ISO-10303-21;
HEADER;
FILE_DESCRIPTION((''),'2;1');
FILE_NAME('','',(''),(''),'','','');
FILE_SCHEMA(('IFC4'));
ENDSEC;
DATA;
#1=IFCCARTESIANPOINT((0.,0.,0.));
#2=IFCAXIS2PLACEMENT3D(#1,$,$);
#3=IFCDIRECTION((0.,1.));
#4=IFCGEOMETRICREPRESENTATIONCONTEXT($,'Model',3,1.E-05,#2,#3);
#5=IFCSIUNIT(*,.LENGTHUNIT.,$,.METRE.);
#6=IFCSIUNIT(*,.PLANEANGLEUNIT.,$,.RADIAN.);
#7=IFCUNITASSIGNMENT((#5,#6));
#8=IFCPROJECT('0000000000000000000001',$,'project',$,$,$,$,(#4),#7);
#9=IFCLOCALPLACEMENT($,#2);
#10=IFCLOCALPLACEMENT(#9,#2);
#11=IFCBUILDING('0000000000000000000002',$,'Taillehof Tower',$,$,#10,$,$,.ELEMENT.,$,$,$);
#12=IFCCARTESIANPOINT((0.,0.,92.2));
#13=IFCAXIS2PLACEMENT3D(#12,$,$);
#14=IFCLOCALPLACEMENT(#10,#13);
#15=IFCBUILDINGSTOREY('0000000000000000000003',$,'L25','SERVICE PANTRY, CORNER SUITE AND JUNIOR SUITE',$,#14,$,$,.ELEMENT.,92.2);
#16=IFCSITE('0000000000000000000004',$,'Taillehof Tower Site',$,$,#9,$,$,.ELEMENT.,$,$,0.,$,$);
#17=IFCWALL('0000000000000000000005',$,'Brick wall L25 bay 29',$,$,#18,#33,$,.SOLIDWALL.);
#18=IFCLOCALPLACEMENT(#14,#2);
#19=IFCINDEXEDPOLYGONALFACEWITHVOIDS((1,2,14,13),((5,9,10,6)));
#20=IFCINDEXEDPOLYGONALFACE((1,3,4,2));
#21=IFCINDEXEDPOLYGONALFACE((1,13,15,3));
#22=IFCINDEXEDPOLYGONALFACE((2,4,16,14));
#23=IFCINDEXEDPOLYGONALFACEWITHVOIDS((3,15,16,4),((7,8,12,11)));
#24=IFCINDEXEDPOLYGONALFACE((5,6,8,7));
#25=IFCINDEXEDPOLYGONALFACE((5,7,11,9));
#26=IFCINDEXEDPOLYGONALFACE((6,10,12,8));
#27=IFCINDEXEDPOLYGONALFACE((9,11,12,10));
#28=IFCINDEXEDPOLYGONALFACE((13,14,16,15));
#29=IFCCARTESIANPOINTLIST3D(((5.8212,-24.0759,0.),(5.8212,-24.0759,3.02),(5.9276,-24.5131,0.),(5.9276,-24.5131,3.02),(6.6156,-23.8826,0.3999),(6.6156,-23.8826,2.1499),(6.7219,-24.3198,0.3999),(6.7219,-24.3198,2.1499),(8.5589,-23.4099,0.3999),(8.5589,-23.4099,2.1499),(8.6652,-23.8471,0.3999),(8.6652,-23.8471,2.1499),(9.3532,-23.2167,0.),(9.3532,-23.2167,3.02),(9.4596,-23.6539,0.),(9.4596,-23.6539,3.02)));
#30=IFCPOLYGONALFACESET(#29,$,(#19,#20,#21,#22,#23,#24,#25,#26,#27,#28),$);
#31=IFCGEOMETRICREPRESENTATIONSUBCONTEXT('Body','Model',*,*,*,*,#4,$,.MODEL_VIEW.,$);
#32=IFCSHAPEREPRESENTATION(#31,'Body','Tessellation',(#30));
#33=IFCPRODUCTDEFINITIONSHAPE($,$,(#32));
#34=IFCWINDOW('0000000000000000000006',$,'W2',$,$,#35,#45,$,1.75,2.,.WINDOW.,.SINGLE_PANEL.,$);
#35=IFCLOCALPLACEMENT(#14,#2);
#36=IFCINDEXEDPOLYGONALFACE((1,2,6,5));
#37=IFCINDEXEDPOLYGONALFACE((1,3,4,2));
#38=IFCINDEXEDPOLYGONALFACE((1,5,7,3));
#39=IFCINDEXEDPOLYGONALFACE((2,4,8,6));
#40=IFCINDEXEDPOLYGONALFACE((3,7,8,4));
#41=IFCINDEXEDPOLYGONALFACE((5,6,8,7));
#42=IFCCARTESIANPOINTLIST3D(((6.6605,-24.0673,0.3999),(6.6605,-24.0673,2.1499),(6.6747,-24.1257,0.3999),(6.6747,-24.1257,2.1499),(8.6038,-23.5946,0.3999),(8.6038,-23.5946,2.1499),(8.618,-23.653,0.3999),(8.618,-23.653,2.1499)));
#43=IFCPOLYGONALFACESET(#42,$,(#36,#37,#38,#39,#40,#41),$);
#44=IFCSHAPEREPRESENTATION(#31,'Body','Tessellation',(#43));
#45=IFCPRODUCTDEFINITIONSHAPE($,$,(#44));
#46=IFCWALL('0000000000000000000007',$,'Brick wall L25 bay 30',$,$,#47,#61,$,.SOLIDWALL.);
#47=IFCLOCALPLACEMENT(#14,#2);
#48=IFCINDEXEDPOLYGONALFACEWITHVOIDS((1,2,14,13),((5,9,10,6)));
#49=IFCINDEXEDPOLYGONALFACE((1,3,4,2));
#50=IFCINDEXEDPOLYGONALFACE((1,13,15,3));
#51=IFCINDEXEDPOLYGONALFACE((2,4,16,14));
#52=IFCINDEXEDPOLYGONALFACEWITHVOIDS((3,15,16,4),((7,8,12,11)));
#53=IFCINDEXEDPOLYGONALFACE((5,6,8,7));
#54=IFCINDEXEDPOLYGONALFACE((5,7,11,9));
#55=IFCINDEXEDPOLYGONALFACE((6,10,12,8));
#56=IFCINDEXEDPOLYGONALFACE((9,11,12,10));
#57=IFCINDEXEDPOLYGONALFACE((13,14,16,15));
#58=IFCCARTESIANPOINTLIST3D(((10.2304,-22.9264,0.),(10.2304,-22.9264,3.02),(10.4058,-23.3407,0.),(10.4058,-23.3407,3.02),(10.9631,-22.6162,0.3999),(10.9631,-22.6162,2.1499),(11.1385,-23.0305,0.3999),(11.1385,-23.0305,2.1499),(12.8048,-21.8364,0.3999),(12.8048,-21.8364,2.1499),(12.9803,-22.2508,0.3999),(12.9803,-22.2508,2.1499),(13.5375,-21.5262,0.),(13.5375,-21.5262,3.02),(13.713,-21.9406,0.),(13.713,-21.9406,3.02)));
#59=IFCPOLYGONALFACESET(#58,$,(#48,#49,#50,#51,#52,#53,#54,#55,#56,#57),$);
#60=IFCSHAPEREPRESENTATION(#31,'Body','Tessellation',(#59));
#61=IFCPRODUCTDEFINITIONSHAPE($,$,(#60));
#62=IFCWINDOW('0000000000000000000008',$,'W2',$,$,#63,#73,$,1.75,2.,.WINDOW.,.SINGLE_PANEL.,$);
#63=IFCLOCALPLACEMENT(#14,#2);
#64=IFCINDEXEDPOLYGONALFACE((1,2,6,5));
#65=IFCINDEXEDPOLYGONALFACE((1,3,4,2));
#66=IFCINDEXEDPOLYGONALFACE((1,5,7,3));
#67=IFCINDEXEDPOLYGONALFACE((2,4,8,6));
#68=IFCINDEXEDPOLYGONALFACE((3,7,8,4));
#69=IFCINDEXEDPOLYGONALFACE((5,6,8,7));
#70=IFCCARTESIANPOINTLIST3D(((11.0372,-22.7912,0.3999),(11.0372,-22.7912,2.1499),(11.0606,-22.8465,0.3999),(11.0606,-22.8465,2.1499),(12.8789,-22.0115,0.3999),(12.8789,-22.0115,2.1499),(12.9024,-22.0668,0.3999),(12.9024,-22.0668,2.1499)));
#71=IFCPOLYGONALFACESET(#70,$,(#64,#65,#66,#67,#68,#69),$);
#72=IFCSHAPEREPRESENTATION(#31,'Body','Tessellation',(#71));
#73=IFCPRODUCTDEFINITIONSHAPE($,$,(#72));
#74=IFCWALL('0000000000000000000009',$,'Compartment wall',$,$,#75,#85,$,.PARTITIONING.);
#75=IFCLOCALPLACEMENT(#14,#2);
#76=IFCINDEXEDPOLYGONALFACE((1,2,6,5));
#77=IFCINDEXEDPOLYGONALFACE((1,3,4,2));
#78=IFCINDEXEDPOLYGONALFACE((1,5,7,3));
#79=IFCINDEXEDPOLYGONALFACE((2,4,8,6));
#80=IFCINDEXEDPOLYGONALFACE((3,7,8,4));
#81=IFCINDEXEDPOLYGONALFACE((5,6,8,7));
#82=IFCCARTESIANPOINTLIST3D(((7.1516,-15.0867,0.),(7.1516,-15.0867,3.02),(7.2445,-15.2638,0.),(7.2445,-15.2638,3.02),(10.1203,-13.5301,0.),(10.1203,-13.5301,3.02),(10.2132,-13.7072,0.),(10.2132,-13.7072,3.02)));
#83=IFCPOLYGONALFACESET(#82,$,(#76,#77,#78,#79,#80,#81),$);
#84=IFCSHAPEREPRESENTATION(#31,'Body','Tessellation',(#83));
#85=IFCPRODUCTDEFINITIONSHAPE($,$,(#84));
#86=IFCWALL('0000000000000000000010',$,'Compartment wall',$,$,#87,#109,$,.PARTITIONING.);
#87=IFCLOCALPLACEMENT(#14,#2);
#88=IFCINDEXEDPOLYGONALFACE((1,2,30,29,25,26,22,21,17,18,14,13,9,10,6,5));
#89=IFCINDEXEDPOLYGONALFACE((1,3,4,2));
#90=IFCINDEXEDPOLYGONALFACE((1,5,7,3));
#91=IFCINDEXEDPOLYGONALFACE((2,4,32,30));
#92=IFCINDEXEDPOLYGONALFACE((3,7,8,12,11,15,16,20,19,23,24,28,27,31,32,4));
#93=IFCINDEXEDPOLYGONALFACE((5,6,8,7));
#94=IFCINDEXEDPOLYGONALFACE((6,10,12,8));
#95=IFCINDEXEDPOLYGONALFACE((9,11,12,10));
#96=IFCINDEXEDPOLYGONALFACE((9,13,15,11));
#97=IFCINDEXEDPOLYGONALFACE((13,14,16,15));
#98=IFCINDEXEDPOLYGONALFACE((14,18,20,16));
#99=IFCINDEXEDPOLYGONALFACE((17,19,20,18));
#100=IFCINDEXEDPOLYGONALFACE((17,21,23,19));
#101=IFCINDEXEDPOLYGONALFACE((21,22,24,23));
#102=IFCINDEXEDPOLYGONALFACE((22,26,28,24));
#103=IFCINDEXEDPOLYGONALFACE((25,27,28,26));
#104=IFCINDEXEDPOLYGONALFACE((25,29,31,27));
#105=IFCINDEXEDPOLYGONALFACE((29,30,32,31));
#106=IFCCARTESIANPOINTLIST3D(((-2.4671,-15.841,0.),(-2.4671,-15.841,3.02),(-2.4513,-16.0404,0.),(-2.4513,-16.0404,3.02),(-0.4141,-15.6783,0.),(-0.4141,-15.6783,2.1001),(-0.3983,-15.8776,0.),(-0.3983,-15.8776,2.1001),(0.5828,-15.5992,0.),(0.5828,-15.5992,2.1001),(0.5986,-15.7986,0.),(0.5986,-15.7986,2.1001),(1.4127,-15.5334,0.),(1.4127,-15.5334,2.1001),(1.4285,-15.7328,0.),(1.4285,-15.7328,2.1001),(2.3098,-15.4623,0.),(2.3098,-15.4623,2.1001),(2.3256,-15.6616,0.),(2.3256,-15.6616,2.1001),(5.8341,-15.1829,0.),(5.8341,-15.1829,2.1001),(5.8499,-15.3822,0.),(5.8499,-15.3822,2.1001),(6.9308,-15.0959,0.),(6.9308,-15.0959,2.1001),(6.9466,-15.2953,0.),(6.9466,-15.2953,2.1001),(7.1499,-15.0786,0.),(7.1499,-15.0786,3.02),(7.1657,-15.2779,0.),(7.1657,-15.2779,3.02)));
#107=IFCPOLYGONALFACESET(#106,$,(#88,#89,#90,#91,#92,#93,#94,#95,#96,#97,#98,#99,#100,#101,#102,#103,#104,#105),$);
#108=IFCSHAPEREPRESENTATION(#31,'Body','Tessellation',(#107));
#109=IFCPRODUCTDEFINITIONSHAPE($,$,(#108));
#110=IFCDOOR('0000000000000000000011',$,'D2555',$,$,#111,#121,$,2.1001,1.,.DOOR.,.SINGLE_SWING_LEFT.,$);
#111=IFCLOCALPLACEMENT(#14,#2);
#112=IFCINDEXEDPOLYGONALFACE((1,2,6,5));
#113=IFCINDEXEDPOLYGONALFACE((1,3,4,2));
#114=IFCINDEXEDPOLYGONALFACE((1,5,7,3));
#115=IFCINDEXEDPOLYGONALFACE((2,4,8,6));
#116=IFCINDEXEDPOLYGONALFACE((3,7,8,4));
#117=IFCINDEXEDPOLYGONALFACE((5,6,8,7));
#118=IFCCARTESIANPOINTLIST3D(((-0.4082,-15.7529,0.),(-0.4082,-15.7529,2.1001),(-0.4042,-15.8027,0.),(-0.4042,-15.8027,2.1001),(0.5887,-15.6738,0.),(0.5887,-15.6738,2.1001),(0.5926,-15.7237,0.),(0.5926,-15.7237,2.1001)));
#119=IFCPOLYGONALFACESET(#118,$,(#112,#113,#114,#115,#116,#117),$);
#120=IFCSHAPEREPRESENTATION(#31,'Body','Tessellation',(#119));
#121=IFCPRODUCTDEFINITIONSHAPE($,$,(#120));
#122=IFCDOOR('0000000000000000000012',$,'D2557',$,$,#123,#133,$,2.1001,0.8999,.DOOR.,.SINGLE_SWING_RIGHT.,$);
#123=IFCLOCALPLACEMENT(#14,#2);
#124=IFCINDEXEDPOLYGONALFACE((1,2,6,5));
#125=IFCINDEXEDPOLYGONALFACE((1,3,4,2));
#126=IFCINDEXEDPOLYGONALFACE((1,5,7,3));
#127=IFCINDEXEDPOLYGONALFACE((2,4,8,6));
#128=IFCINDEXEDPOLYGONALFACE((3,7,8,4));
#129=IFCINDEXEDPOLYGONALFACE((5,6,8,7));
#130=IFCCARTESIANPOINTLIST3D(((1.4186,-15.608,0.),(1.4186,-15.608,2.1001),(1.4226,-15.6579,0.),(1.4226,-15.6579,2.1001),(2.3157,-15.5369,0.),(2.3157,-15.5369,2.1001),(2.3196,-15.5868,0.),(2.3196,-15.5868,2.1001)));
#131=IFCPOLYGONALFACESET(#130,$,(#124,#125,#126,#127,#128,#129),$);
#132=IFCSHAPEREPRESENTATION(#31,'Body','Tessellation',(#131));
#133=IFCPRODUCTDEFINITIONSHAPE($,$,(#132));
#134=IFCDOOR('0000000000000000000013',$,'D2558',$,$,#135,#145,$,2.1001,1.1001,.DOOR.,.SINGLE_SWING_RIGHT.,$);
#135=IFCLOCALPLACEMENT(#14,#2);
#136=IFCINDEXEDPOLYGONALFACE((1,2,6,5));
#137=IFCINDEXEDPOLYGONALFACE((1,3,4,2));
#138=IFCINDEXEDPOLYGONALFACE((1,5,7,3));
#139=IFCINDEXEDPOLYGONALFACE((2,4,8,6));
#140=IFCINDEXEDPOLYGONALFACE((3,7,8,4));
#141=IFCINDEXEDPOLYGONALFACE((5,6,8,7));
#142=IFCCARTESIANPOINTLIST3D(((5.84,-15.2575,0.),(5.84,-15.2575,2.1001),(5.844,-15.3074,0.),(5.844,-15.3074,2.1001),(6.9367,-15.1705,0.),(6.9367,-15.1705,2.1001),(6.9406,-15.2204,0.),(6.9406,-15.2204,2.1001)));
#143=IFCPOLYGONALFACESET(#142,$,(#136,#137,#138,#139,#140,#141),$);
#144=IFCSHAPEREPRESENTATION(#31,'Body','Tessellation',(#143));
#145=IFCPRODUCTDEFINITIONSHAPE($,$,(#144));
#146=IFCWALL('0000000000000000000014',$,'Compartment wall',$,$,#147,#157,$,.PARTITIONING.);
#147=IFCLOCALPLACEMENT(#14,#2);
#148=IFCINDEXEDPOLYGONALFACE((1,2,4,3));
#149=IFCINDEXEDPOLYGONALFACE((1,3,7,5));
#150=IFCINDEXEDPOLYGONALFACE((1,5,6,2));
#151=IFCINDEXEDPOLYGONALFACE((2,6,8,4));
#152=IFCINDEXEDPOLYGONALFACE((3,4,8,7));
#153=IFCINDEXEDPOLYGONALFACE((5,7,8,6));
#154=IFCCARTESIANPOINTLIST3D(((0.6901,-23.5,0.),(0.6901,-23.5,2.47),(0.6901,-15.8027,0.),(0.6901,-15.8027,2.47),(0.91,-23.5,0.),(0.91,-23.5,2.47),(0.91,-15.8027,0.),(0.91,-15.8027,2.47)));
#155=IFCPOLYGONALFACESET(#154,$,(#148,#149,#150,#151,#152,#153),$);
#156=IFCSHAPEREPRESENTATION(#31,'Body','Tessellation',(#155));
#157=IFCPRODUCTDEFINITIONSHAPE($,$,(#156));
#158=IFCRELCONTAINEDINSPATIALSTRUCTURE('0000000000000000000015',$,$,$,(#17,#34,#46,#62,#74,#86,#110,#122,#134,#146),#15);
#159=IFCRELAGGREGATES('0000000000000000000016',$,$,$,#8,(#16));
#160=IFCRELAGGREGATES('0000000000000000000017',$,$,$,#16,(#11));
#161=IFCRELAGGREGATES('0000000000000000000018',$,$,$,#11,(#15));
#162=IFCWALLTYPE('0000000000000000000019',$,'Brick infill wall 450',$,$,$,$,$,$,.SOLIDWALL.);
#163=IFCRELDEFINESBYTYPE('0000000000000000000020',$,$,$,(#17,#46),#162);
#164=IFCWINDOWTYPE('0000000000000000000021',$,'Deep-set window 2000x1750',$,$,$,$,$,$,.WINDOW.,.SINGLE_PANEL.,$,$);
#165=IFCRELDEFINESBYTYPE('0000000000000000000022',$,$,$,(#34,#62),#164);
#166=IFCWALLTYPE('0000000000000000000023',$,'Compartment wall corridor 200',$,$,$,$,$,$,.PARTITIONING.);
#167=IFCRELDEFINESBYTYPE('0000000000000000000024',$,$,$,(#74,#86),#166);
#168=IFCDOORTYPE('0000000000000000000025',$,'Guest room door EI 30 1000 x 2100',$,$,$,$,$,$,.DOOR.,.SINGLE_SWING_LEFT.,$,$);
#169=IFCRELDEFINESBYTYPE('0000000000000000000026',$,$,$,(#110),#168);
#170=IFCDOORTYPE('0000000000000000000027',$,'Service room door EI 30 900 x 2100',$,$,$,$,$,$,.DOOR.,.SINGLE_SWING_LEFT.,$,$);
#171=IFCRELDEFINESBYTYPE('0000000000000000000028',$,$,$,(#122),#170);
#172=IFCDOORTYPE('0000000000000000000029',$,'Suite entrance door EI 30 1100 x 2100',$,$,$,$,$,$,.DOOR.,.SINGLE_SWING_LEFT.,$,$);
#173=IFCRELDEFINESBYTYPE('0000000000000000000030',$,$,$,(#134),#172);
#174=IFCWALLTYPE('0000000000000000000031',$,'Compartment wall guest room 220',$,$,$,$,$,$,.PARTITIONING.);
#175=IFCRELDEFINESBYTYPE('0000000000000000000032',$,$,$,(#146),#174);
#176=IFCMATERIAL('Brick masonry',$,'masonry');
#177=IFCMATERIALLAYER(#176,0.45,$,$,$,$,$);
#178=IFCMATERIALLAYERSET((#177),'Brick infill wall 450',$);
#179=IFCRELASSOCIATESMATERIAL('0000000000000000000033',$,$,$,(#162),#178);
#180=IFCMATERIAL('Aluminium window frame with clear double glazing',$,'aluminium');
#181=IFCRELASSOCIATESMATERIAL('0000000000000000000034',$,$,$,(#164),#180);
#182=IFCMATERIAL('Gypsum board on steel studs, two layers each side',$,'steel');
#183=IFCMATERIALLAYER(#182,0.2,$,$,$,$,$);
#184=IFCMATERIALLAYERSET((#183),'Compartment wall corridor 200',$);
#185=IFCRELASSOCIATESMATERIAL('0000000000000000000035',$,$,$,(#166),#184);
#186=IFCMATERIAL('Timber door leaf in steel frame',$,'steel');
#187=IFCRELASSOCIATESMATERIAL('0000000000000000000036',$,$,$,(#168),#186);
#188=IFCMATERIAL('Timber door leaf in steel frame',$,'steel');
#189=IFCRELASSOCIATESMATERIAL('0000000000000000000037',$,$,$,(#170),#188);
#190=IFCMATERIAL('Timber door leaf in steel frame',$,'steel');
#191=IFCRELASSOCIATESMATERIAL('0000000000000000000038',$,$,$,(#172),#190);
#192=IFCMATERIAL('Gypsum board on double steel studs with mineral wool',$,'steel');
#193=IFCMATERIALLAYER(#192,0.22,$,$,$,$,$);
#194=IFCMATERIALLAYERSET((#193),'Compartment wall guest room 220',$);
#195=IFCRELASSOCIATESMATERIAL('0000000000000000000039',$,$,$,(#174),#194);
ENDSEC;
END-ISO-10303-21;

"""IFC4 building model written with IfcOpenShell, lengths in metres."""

from ifc_helpers import new_model, si_unit, direction, frame, frame_2d, origin, place, context, subcontext, project, spatial, rectangle, extrude, material, layer, layer_set, type_object, element, fill, save


model = new_model("IFC4")

# Units and contexts
model_context = context("Model", 3, precision=1e-05, world=origin(), true_north=direction((0.0, 1.0)))
body_context = subcontext(model_context, "Body", "Model", "MODEL_VIEW")
ifc_project = project(units=[si_unit("LENGTHUNIT", "METRE"), si_unit("PLANEANGLEUNIT", "RADIAN")], contexts=[model_context])

# Site, building, storey
site_placement = place(None, origin())
site = spatial("IfcSite", under=ifc_project, at=site_placement, Name="Taillehof Tower Site", CompositionType="ELEMENT", RefElevation=0.0)
building_placement = place(site_placement, origin())
building = spatial("IfcBuilding", under=site, at=building_placement, Name="Taillehof Tower", CompositionType="ELEMENT")
storey_placement = place(building_placement, frame((0.0, 0.0, 92.2)))
storey = spatial("IfcBuildingStorey", under=building, at=storey_placement, Name="L25", Description="SERVICE PANTRY, CORNER SUITE AND JUNIOR SUITE", CompositionType="ELEMENT", Elevation=92.2)

# Walls, openings, windows
ifc_material_1 = material(Name="Brick masonry", Category="masonry")
ifc_layer_1 = layer(ifc_material_1, 0.45)
ifc_layer_set_1 = layer_set([ifc_layer_1], Name="Brick infill wall 450")
wall_type_1 = type_object("IfcWallType", Name="Brick infill wall 450", PredefinedType="SOLIDWALL", material=ifc_layer_set_1)
ifc_material_2 = material(Name="Aluminium window frame with clear double glazing", Category="aluminium")
window_type = type_object("IfcWindowType", Name="Deep-set window 2000x1750", PartitioningType="SINGLE_PANEL", PredefinedType="WINDOW", material=ifc_material_2)
wall_1_placement = place(storey_placement, frame((5.8745, -24.2944, 0.0), z_axis=(0.0, 0.0, 1.0), x_axis=(0.971668, 0.236352, 0.0)))
wall_1 = element("IfcWall", 1, at=wall_1_placement, inside=storey, type_object=wall_type_1, Name="Brick wall L25 bay 29", PredefinedType="SOLIDWALL", context=body_context, shape_type="SweptSolid", body=[
    extrude(rectangle(XDim=3.635, YDim=0.45, at=frame_2d((1.8174, 0.0))), origin(), (0.0, 0.0, 1.0), 3.02),
])
opening_1_placement = place(wall_1_placement, frame((0.8174, 0.0, 0.3999)))
opening_1 = element("IfcOpeningElement", 2, at=opening_1_placement, cuts=wall_1, PredefinedType="OPENING", context=body_context, shape_type="SweptSolid", body=[
    extrude(rectangle(XDim=2.0, YDim=1.75, at=frame_2d((1.0, 0.875))), frame((0.0, 0.2349, 0.0), z_axis=(0.0, -1.0, 0.0), x_axis=(1.0, 0.0, 0.0)), (0.0, 0.0, 1.0), 0.47),
])
window_1_placement = place(opening_1_placement, origin())
window_1 = element("IfcWindow", 3, at=window_1_placement, inside=storey, type_object=window_type, Name="W2", OverallHeight=1.75, OverallWidth=2.0, PartitioningType="SINGLE_PANEL", PredefinedType="WINDOW", context=body_context, shape_type="SweptSolid", body=[
    extrude(rectangle(XDim=2.0, YDim=1.75, at=frame_2d((1.0, 0.875))), frame((0.0, 0.0349, 0.0), z_axis=(0.0, -1.0, 0.0), x_axis=(1.0, 0.0, 0.0)), (0.0, 0.0, 1.0), 0.0601),
])
fill(opening_1, window_1)
wall_2_placement = place(storey_placement, frame((10.3181, -23.1335, 0.0), z_axis=(0.0, 0.0, 1.0), x_axis=(0.92087, 0.389871, 0.0)))
wall_2 = element("IfcWall", 4, at=wall_2_placement, inside=storey, type_object=wall_type_1, Name="Brick wall L25 bay 30", PredefinedType="SOLIDWALL", context=body_context, shape_type="SweptSolid", body=[
    extrude(rectangle(XDim=3.5913, YDim=0.45, at=frame_2d((1.7957, 0.0))), origin(), (0.0, 0.0, 1.0), 3.02),
])
opening_2_placement = place(wall_2_placement, frame((0.7957, 0.0, 0.3999)))
opening_2 = element("IfcOpeningElement", 5, at=opening_2_placement, cuts=wall_2, PredefinedType="OPENING", context=body_context, shape_type="SweptSolid", body=[
    extrude(rectangle(XDim=2.0, YDim=1.75, at=frame_2d((1.0, 0.875))), frame((0.0, 0.2349, 0.0), z_axis=(0.0, -1.0, 0.0), x_axis=(1.0, 0.0, 0.0)), (0.0, 0.0, 1.0), 0.47),
])
window_2_placement = place(opening_2_placement, origin())
window_2 = element("IfcWindow", 6, at=window_2_placement, inside=storey, type_object=window_type, Name="W2", OverallHeight=1.75, OverallWidth=2.0, PartitioningType="SINGLE_PANEL", PredefinedType="WINDOW", context=body_context, shape_type="SweptSolid", body=[
    extrude(rectangle(XDim=2.0, YDim=1.75, at=frame_2d((1.0, 0.875))), frame((0.0, 0.0349, 0.0), z_axis=(0.0, -1.0, 0.0), x_axis=(1.0, 0.0, 0.0)), (0.0, 0.0, 1.0), 0.0601),
])
fill(opening_2, window_2)

# Wall
ifc_material_3 = material(Name="Gypsum board on steel studs, two layers each side", Category="steel")
ifc_layer_2 = layer(ifc_material_3, 0.2)
ifc_layer_set_2 = layer_set([ifc_layer_2], Name="Compartment wall corridor 200")
wall_type_2 = type_object("IfcWallType", Name="Compartment wall corridor 200", PredefinedType="PARTITIONING", material=ifc_layer_set_2)
wall_3_placement = place(storey_placement, frame((10.1667, -13.6187, 0.0), z_axis=(0.0, 0.0, 1.0), x_axis=(-0.885638, -0.464377, 0.0)))
element("IfcWall", 7, at=wall_3_placement, inside=storey, type_object=wall_type_2, Name="Compartment wall", PredefinedType="PARTITIONING", context=body_context, shape_type="SweptSolid", body=[
    extrude(rectangle(XDim=3.3521, YDim=0.2, at=frame_2d((1.676, 0.0))), origin(), (0.0, 0.0, 1.0), 3.02),
])

# Wall, openings, doors
wall_4_placement = place(storey_placement, frame((7.158, -15.1782, 0.0), z_axis=(0.0, 0.0, 1.0), x_axis=(-0.996872, -0.079034, 0.0)))
wall_4 = element("IfcWall", 8, at=wall_4_placement, inside=storey, type_object=wall_type_2, Name="Compartment wall", PredefinedType="PARTITIONING", context=body_context, shape_type="SweptSolid", body=[
    extrude(rectangle(XDim=9.6472, YDim=0.2, at=frame_2d((4.8237, 0.0))), origin(), (0.0, 0.0, 1.0), 3.02),
])
opening_3_placement = place(wall_4_placement, frame((6.5879, 0.0, 0.0)))
opening_3 = element("IfcOpeningElement", 9, at=opening_3_placement, cuts=wall_4, PredefinedType="OPENING", context=body_context, shape_type="SweptSolid", body=[
    extrude(rectangle(XDim=1.0, YDim=2.1001, at=frame_2d((0.5, 1.05))), frame((0.0, 0.1099, 0.0), z_axis=(0.0, -1.0, 0.0), x_axis=(1.0, 0.0, 0.0)), (0.0, 0.0, 1.0), 0.22),
])
opening_4_placement = place(wall_4_placement, frame((4.8555, 0.0, 0.0)))
opening_4 = element("IfcOpeningElement", 10, at=opening_4_placement, cuts=wall_4, PredefinedType="OPENING", context=body_context, shape_type="SweptSolid", body=[
    extrude(rectangle(XDim=0.8999, YDim=2.1001, at=frame_2d((0.45, 1.05))), frame((0.0, 0.1099, 0.0), z_axis=(0.0, -1.0, 0.0), x_axis=(1.0, 0.0, 0.0)), (0.0, 0.0, 1.0), 0.22),
])
opening_5_placement = place(wall_4_placement, frame((0.22, 0.0, 0.0)))
opening_5 = element("IfcOpeningElement", 11, at=opening_5_placement, cuts=wall_4, PredefinedType="OPENING", context=body_context, shape_type="SweptSolid", body=[
    extrude(rectangle(XDim=1.1001, YDim=2.1001, at=frame_2d((0.55, 1.05))), frame((0.0, 0.1099, 0.0), z_axis=(0.0, -1.0, 0.0), x_axis=(1.0, 0.0, 0.0)), (0.0, 0.0, 1.0), 0.22),
])
ifc_material_4 = material(Name="Timber door leaf in steel frame", Category="steel")
door_type_1 = type_object("IfcDoorType", Name="Guest room door EI 30 1000 x 2100", OperationType="SINGLE_SWING_LEFT", PredefinedType="DOOR", material=ifc_material_4)
door_1_placement = place(opening_3_placement, origin())
door_1 = element("IfcDoor", 12, at=door_1_placement, inside=storey, type_object=door_type_1, Name="D2555", OperationType="SINGLE_SWING_LEFT", OverallHeight=2.1001, OverallWidth=1.0, PredefinedType="DOOR", context=body_context, shape_type="SweptSolid", body=[
    extrude(rectangle(XDim=1.0, YDim=2.1001, at=frame_2d((0.5, 1.05))), frame((0.0, 0.0249, 0.0), z_axis=(0.0, -1.0, 0.0), x_axis=(1.0, 0.0, 0.0)), (0.0, 0.0, 1.0), 0.05),
])
fill(opening_3, door_1)
ifc_material_5 = material(Name="Timber door leaf in steel frame", Category="steel")
door_type_2 = type_object("IfcDoorType", Name="Service room door EI 30 900 x 2100", OperationType="SINGLE_SWING_LEFT", PredefinedType="DOOR", material=ifc_material_5)
door_2_placement = place(opening_4_placement, origin())
door_2 = element("IfcDoor", 13, at=door_2_placement, inside=storey, type_object=door_type_2, Name="D2557", OperationType="SINGLE_SWING_RIGHT", OverallHeight=2.1001, OverallWidth=0.8999, PredefinedType="DOOR", context=body_context, shape_type="SweptSolid", body=[
    extrude(rectangle(XDim=0.8999, YDim=2.1001, at=frame_2d((0.45, 1.05))), frame((0.0, 0.0249, 0.0), z_axis=(0.0, -1.0, 0.0), x_axis=(1.0, 0.0, 0.0)), (0.0, 0.0, 1.0), 0.05),
])
fill(opening_4, door_2)
ifc_material_6 = material(Name="Timber door leaf in steel frame", Category="steel")
door_type_3 = type_object("IfcDoorType", Name="Suite entrance door EI 30 1100 x 2100", OperationType="SINGLE_SWING_LEFT", PredefinedType="DOOR", material=ifc_material_6)
door_3_placement = place(opening_5_placement, origin())
door_3 = element("IfcDoor", 14, at=door_3_placement, inside=storey, type_object=door_type_3, Name="D2558", OperationType="SINGLE_SWING_RIGHT", OverallHeight=2.1001, OverallWidth=1.1001, PredefinedType="DOOR", context=body_context, shape_type="SweptSolid", body=[
    extrude(rectangle(XDim=1.1001, YDim=2.1001, at=frame_2d((0.55, 1.05))), frame((0.0, 0.0249, 0.0), z_axis=(0.0, -1.0, 0.0), x_axis=(1.0, 0.0, 0.0)), (0.0, 0.0, 1.0), 0.05),
])
fill(opening_5, door_3)

# Wall
ifc_material_7 = material(Name="Gypsum board on double steel studs with mineral wool", Category="steel")
ifc_layer_3 = layer(ifc_material_7, 0.22)
ifc_layer_set_3 = layer_set([ifc_layer_3], Name="Compartment wall guest room 220")
wall_type_3 = type_object("IfcWallType", Name="Compartment wall guest room 220", PredefinedType="PARTITIONING", material=ifc_layer_set_3)
for number, where, z_axis, x_axis, name in (
    (15, (0.8, -23.5, 0.0), (0.0, 0.0, 1.0), (0.0, 1.0, 0.0), "Compartment wall"),
):
    element("IfcWall", number, at=place(storey_placement, frame(where, z_axis=z_axis, x_axis=x_axis)), inside=storey, type_object=wall_type_3, Name=name, PredefinedType="PARTITIONING", context=body_context, shape_type="SweptSolid", body=[
        extrude(rectangle(XDim=7.6973, YDim=0.22, at=frame_2d((3.8486, 0.0))), origin(), (0.0, 0.0, 1.0), 2.47),
    ])

save(model, "model.ifc")
